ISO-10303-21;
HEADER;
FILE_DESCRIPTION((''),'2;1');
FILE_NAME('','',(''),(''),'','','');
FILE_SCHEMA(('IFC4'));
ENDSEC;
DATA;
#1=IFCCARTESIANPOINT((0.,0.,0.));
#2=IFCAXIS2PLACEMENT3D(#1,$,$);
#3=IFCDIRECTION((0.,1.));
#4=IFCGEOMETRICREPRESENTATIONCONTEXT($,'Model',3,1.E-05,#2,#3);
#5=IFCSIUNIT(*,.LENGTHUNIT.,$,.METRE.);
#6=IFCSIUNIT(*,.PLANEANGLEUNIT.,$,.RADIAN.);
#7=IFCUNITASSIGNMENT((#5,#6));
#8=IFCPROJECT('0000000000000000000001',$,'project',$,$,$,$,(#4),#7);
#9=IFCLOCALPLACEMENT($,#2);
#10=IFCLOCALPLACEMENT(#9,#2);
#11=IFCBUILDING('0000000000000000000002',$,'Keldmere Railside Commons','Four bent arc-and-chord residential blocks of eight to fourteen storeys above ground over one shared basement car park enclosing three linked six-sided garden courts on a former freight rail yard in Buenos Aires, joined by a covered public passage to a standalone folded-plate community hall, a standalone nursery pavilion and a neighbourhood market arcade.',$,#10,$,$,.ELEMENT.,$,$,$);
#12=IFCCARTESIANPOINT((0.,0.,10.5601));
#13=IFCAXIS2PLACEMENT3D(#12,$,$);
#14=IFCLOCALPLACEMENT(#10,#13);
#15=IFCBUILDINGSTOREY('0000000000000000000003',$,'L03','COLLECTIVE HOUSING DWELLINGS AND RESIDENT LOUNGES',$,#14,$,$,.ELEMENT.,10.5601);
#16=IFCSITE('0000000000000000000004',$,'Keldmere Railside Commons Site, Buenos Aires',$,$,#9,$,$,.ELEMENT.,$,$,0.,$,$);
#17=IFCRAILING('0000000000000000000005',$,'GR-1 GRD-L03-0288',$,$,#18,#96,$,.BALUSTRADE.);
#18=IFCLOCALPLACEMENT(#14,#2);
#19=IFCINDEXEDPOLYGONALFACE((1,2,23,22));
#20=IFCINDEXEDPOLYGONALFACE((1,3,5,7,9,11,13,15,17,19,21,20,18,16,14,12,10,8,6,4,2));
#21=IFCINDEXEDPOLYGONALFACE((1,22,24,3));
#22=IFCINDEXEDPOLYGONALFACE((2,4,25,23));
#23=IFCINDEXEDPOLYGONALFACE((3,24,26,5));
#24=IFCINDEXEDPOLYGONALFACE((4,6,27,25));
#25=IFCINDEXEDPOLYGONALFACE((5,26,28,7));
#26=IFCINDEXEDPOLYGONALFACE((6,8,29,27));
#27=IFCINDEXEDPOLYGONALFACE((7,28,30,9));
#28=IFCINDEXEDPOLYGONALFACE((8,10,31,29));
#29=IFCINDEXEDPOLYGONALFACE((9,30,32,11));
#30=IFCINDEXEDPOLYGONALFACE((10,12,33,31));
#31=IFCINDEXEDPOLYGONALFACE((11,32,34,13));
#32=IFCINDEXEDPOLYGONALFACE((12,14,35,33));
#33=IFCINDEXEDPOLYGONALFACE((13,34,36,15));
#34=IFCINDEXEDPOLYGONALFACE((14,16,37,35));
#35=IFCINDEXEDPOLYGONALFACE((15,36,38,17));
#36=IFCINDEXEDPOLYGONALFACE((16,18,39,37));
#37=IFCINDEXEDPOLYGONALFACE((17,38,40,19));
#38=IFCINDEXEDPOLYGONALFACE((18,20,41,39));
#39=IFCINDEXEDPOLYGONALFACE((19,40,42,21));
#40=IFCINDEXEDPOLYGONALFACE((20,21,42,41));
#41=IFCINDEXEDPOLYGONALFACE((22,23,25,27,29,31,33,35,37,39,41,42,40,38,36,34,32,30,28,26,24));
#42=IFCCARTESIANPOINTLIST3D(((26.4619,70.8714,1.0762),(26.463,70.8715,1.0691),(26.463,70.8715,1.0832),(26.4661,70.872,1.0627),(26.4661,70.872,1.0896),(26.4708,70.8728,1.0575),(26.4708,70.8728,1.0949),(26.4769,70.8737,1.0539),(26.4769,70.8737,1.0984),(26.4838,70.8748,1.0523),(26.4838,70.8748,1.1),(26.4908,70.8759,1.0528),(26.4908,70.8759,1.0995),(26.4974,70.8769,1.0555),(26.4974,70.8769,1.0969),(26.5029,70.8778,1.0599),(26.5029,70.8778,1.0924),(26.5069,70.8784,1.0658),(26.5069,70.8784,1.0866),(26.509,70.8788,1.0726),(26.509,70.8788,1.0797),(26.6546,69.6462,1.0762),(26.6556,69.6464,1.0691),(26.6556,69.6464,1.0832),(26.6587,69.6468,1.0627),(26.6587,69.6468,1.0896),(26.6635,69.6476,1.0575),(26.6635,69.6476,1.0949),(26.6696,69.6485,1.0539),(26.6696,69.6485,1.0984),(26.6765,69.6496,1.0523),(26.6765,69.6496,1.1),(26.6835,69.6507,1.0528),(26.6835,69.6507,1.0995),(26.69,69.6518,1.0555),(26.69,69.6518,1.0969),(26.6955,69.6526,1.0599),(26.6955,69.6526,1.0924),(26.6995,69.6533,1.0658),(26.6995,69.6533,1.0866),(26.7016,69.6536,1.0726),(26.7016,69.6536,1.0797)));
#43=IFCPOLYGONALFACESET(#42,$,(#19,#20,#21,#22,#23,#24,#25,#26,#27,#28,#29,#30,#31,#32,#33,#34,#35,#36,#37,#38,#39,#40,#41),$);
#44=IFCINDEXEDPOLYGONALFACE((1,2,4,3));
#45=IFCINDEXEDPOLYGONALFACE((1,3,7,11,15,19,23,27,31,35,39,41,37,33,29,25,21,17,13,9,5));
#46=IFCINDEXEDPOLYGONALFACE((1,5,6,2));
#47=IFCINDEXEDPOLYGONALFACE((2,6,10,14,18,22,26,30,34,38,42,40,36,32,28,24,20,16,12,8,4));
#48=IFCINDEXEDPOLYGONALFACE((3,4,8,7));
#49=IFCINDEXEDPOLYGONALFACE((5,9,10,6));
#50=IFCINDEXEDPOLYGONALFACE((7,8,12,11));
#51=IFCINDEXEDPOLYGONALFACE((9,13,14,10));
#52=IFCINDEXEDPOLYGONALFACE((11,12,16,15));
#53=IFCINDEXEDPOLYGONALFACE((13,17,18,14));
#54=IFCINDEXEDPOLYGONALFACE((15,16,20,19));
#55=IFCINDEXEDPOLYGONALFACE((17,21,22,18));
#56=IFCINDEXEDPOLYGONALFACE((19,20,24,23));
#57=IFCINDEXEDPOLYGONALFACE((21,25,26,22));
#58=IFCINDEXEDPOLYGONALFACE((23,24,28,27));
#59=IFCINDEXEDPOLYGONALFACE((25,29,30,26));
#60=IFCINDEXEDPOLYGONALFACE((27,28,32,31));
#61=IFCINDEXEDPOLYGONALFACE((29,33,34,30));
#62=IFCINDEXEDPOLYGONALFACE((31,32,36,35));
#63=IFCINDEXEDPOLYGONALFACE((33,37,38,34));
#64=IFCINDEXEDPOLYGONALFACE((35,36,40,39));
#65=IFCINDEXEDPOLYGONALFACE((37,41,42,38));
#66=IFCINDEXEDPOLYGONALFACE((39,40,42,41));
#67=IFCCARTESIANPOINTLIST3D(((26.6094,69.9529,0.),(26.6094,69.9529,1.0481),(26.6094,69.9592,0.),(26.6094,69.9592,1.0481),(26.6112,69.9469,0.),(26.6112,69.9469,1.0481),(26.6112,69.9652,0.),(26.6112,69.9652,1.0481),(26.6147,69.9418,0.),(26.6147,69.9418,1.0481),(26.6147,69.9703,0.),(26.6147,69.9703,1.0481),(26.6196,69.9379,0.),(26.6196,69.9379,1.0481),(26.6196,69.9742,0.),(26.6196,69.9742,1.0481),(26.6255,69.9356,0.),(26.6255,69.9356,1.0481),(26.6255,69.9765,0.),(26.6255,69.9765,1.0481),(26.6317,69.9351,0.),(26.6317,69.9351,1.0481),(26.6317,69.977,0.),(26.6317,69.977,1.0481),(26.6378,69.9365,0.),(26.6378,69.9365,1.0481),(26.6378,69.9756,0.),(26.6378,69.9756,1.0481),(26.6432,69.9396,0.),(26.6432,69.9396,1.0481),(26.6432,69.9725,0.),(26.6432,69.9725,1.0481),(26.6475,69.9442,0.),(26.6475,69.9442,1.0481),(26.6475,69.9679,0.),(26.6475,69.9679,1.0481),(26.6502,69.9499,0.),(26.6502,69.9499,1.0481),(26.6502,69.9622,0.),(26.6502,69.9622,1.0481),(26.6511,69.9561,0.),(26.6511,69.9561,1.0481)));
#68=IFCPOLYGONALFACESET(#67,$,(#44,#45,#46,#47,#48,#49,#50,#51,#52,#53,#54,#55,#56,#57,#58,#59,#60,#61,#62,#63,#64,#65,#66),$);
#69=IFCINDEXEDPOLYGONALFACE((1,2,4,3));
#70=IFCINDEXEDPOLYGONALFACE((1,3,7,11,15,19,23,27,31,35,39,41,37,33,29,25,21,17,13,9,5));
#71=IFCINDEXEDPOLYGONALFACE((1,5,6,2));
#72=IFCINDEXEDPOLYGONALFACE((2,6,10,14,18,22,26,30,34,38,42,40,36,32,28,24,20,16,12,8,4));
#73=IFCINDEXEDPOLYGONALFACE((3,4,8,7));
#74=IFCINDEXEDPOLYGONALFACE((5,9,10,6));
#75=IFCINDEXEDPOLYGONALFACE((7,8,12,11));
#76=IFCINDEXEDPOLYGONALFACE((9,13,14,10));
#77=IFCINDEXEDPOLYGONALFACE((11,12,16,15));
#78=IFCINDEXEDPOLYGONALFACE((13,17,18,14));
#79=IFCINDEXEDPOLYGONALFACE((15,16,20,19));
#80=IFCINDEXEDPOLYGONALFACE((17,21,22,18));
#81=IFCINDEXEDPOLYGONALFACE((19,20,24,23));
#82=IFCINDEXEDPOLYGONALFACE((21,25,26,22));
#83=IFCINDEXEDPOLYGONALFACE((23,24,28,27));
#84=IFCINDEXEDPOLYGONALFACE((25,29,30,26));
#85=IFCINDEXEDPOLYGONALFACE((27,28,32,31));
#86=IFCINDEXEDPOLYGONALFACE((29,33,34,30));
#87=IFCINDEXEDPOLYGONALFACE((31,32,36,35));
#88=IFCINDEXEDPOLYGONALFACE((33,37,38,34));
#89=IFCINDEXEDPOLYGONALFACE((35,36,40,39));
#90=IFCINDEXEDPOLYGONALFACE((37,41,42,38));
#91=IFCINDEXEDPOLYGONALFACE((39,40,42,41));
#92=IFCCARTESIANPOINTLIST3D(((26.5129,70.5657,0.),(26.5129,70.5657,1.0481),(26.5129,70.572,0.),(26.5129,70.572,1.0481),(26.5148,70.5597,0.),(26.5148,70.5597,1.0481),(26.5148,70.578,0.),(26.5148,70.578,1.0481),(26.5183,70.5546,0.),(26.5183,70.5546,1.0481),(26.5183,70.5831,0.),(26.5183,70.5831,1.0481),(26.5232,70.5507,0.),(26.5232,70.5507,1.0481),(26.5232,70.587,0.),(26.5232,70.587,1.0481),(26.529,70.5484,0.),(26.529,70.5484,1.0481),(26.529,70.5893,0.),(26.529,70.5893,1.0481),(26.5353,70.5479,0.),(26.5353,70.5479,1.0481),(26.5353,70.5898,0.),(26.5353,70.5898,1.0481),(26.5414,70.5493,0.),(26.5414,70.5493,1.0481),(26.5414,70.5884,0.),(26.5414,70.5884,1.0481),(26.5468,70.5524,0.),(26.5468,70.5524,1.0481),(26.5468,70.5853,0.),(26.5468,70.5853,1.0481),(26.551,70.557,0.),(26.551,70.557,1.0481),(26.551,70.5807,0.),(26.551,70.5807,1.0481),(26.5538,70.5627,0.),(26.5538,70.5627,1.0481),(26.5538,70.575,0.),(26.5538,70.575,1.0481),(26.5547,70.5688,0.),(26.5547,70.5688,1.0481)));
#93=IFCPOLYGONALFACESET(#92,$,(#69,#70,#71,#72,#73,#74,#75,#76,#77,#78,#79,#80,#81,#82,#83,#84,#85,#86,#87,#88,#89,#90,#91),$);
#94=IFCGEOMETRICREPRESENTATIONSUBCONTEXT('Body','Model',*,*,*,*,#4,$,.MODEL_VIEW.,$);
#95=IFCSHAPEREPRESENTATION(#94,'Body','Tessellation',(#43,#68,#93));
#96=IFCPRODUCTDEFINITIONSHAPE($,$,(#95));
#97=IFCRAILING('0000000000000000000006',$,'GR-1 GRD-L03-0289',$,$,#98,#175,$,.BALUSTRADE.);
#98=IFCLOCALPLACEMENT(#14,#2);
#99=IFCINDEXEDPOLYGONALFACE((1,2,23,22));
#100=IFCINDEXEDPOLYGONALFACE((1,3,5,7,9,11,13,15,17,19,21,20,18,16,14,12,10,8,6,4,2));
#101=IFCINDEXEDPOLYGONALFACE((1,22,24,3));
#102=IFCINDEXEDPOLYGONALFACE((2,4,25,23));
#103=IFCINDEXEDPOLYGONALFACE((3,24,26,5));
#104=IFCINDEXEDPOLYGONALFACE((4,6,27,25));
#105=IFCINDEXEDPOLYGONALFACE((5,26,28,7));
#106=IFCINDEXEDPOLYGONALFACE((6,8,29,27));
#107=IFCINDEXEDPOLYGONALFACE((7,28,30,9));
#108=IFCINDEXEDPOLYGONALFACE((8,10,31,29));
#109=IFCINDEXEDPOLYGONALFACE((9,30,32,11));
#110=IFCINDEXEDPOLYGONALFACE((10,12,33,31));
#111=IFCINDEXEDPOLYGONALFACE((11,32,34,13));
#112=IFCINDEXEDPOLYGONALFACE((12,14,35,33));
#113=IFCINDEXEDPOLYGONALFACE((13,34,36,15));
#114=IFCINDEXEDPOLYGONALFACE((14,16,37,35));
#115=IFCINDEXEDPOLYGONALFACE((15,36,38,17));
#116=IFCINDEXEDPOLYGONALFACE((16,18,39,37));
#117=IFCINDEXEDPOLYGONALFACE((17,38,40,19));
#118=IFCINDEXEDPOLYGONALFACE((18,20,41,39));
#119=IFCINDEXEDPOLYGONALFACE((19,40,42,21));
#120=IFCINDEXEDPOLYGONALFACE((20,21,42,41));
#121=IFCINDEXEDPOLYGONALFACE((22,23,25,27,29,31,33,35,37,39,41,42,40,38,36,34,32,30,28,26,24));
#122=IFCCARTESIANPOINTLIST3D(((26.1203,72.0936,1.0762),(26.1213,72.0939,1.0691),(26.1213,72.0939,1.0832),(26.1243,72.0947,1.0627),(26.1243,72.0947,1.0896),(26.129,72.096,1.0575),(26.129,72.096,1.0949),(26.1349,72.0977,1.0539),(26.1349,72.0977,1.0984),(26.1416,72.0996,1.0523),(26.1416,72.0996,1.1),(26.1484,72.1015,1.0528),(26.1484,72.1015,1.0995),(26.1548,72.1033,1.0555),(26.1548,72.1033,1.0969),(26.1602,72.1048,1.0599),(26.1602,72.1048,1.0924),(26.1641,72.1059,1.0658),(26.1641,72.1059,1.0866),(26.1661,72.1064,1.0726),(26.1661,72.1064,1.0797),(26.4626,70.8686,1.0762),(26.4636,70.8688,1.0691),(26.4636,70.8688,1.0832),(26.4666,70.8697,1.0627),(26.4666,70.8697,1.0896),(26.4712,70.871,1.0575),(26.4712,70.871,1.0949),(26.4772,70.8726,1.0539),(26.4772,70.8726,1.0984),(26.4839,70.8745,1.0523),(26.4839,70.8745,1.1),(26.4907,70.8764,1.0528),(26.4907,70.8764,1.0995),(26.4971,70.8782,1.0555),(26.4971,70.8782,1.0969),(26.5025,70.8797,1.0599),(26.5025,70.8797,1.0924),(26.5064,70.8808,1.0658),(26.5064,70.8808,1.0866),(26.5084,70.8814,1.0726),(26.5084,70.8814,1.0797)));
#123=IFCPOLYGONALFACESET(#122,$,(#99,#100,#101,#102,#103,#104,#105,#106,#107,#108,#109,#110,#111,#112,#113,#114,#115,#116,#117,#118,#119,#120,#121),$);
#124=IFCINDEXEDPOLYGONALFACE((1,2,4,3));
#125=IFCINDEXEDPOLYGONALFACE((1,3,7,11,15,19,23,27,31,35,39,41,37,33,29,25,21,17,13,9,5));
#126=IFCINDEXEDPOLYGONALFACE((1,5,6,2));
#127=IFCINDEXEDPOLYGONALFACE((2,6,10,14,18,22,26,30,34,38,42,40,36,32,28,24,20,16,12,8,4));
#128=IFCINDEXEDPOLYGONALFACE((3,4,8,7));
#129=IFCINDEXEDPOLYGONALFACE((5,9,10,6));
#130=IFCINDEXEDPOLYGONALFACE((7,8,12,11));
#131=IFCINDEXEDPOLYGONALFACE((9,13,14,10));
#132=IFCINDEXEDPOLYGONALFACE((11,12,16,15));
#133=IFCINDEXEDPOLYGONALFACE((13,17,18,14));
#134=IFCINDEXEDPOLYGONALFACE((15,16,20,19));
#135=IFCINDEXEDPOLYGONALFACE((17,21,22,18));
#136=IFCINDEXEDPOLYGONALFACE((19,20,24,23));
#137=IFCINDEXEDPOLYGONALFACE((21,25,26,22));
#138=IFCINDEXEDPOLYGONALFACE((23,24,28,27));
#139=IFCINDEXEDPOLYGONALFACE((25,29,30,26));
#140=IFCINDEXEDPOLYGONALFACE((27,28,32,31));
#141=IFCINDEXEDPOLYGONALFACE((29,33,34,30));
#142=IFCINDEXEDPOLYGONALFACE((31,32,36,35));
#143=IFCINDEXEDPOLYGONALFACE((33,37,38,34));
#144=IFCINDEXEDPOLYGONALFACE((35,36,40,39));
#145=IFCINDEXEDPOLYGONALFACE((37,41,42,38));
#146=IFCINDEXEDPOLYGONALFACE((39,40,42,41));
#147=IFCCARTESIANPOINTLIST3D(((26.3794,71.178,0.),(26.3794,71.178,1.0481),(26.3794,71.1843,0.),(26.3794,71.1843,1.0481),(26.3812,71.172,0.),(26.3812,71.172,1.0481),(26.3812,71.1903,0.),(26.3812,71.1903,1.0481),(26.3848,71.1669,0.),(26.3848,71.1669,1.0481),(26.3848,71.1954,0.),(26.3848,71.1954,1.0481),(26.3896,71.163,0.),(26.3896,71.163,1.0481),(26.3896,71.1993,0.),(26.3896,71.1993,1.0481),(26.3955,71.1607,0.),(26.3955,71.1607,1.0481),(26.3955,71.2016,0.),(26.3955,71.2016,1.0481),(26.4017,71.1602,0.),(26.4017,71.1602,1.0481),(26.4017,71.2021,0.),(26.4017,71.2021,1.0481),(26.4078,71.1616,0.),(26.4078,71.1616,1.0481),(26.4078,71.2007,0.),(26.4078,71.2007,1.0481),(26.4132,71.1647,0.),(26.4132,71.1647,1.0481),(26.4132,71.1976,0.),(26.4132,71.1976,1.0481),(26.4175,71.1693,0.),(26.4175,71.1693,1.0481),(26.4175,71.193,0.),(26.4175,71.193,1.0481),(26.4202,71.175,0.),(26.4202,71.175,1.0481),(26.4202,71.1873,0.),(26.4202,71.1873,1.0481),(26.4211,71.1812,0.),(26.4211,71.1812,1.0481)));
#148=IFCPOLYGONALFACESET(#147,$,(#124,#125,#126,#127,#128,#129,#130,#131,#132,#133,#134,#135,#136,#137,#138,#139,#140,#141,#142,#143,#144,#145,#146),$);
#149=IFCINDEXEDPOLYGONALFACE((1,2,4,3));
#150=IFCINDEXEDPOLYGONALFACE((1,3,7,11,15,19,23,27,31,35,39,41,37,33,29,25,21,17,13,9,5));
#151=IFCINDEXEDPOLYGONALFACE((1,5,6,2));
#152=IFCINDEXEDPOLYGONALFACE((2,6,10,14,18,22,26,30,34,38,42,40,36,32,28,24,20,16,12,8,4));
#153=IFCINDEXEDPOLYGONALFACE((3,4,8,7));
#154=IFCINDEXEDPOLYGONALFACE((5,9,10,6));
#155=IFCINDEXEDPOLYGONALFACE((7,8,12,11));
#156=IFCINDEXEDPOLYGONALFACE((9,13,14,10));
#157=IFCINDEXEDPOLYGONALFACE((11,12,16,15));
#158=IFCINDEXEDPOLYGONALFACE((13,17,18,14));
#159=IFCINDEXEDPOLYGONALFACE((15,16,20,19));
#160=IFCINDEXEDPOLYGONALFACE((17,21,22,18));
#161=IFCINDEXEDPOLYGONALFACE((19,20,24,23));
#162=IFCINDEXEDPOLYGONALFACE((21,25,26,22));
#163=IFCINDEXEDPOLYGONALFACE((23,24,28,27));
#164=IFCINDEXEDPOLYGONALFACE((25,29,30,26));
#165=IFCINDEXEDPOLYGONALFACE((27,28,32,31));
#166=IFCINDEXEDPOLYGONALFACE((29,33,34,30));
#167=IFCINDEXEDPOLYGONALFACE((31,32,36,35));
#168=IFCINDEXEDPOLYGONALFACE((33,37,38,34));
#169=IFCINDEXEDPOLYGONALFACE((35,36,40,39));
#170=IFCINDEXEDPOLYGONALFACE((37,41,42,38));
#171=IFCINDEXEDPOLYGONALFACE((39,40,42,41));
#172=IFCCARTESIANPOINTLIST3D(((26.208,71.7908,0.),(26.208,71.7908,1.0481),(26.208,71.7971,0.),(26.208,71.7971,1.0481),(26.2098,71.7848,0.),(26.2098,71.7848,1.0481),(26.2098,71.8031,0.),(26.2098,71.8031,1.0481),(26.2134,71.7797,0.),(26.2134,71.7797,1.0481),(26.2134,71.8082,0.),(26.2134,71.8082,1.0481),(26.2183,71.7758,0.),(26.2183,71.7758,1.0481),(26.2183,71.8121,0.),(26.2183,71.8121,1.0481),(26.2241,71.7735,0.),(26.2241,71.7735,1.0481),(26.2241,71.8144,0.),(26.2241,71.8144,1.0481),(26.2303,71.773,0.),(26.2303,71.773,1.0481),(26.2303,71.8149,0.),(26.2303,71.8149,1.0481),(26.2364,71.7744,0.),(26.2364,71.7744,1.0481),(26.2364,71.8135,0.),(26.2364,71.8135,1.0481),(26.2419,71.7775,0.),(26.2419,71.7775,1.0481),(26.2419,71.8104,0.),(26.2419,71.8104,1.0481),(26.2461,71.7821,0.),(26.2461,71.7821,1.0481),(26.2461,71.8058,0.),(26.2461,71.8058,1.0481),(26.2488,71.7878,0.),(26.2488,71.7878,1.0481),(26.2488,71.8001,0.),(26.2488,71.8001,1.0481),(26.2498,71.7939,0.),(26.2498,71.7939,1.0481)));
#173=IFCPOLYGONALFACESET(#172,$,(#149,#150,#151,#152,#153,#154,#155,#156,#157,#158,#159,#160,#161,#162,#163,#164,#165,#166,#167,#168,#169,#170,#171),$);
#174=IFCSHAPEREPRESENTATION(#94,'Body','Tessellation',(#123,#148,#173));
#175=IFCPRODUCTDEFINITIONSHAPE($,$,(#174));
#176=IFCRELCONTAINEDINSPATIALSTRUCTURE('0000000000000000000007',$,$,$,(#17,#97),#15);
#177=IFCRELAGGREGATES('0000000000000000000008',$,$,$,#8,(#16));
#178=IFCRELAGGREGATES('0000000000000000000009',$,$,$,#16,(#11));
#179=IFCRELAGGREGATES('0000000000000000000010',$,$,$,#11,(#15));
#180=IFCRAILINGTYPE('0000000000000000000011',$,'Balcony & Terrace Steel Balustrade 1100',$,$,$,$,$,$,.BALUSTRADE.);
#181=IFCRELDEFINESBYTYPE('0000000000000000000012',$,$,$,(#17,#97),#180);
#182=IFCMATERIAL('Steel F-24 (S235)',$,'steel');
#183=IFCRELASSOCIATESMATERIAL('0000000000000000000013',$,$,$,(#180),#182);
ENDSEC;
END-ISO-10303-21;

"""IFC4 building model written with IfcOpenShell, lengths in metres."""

from ifc_helpers import new_model, si_unit, direction, frame, origin, origin_2d, place, context, subcontext, project, spatial, circle, extrude, material, type_object, element, save


model = new_model("IFC4")

# Units and contexts
model_context = context("Model", 3, precision=1e-05, world=origin(), true_north=direction((0.0, 1.0)))
body_context = subcontext(model_context, "Body", "Model", "MODEL_VIEW")
ifc_project = project(units=[si_unit("LENGTHUNIT", "METRE"), si_unit("PLANEANGLEUNIT", "RADIAN")], contexts=[model_context])

# Site, building, storey
site_placement = place(None, origin())
site = spatial("IfcSite", under=ifc_project, at=site_placement, Name="Keldmere Railside Commons Site, Buenos Aires", CompositionType="ELEMENT", RefElevation=0.0)
building_placement = place(site_placement, origin())
building = spatial("IfcBuilding", under=site, at=building_placement, Name="Keldmere Railside Commons", Description="Four bent arc-and-chord residential blocks of eight to fourteen storeys above ground over one shared basement car park enclosing three linked six-sided garden courts on a former freight rail yard in Buenos Aires, joined by a covered public passage to a standalone folded-plate community hall, a standalone nursery pavilion and a neighbourhood market arcade.", CompositionType="ELEMENT")
storey_placement = place(building_placement, frame((0.0, 0.0, 10.5601)))
storey = spatial("IfcBuildingStorey", under=building, at=storey_placement, Name="L03", Description="COLLECTIVE HOUSING DWELLINGS AND RESIDENT LOUNGES", CompositionType="ELEMENT", Elevation=10.5601)

# Railings
ifc_material_1 = material(Name="Steel F-24 (S235)", Category="steel")
railing_type_1 = type_object("IfcRailingType", Name="Balcony & Terrace Steel Balustrade 1100", PredefinedType="BALUSTRADE", material=ifc_material_1)
railing_1_placement = place(storey_placement, frame((26.6782, 69.6499, 0.0)))
element("IfcRailing", 1, at=railing_1_placement, inside=storey, type_object=railing_type_1, Name="GR-1 GRD-L03-0288", PredefinedType="BALUSTRADE", context=body_context, shape_type="SweptSolid", body=[
    extrude(circle(Radius=0.0239, at=origin_2d()), frame((0.0, 0.0, 1.0762), z_axis=(-0.155326, 0.987863, 0.0), x_axis=(-0.987863, -0.155326, 0.0)), (0.0, 0.0, 1.0), 1.2402),
    extrude(circle(Radius=0.021, at=origin_2d()), frame((-0.0481, 0.3062, 0.0)), (0.0, 0.0, 1.0), 1.0481),
    extrude(circle(Radius=0.021, at=origin_2d()), frame((-0.1445, 0.9189, 0.0)), (0.0, 0.0, 1.0), 1.0481),
])
railing_2_placement = place(storey_placement, frame((26.4856, 70.875, 0.0)))
element("IfcRailing", 2, at=railing_2_placement, inside=storey, type_object=railing_type_1, Name="GR-1 GRD-L03-0289", PredefinedType="BALUSTRADE", context=body_context, shape_type="SweptSolid", body=[
    extrude(circle(Radius=0.0239, at=origin_2d()), frame((0.0, 0.0, 1.0762), z_axis=(-0.269089, 0.963115, 0.0), x_axis=(-0.963115, -0.269089, 0.0)), (0.0, 0.0, 1.0), 1.272),
    extrude(circle(Radius=0.021, at=origin_2d()), frame((-0.0854, 0.3062, 0.0)), (0.0, 0.0, 1.0), 1.0481),
    extrude(circle(Radius=0.021, at=origin_2d()), frame((-0.2568, 0.9189, 0.0)), (0.0, 0.0, 1.0), 1.0481),
])

save(model, "model.ifc")
